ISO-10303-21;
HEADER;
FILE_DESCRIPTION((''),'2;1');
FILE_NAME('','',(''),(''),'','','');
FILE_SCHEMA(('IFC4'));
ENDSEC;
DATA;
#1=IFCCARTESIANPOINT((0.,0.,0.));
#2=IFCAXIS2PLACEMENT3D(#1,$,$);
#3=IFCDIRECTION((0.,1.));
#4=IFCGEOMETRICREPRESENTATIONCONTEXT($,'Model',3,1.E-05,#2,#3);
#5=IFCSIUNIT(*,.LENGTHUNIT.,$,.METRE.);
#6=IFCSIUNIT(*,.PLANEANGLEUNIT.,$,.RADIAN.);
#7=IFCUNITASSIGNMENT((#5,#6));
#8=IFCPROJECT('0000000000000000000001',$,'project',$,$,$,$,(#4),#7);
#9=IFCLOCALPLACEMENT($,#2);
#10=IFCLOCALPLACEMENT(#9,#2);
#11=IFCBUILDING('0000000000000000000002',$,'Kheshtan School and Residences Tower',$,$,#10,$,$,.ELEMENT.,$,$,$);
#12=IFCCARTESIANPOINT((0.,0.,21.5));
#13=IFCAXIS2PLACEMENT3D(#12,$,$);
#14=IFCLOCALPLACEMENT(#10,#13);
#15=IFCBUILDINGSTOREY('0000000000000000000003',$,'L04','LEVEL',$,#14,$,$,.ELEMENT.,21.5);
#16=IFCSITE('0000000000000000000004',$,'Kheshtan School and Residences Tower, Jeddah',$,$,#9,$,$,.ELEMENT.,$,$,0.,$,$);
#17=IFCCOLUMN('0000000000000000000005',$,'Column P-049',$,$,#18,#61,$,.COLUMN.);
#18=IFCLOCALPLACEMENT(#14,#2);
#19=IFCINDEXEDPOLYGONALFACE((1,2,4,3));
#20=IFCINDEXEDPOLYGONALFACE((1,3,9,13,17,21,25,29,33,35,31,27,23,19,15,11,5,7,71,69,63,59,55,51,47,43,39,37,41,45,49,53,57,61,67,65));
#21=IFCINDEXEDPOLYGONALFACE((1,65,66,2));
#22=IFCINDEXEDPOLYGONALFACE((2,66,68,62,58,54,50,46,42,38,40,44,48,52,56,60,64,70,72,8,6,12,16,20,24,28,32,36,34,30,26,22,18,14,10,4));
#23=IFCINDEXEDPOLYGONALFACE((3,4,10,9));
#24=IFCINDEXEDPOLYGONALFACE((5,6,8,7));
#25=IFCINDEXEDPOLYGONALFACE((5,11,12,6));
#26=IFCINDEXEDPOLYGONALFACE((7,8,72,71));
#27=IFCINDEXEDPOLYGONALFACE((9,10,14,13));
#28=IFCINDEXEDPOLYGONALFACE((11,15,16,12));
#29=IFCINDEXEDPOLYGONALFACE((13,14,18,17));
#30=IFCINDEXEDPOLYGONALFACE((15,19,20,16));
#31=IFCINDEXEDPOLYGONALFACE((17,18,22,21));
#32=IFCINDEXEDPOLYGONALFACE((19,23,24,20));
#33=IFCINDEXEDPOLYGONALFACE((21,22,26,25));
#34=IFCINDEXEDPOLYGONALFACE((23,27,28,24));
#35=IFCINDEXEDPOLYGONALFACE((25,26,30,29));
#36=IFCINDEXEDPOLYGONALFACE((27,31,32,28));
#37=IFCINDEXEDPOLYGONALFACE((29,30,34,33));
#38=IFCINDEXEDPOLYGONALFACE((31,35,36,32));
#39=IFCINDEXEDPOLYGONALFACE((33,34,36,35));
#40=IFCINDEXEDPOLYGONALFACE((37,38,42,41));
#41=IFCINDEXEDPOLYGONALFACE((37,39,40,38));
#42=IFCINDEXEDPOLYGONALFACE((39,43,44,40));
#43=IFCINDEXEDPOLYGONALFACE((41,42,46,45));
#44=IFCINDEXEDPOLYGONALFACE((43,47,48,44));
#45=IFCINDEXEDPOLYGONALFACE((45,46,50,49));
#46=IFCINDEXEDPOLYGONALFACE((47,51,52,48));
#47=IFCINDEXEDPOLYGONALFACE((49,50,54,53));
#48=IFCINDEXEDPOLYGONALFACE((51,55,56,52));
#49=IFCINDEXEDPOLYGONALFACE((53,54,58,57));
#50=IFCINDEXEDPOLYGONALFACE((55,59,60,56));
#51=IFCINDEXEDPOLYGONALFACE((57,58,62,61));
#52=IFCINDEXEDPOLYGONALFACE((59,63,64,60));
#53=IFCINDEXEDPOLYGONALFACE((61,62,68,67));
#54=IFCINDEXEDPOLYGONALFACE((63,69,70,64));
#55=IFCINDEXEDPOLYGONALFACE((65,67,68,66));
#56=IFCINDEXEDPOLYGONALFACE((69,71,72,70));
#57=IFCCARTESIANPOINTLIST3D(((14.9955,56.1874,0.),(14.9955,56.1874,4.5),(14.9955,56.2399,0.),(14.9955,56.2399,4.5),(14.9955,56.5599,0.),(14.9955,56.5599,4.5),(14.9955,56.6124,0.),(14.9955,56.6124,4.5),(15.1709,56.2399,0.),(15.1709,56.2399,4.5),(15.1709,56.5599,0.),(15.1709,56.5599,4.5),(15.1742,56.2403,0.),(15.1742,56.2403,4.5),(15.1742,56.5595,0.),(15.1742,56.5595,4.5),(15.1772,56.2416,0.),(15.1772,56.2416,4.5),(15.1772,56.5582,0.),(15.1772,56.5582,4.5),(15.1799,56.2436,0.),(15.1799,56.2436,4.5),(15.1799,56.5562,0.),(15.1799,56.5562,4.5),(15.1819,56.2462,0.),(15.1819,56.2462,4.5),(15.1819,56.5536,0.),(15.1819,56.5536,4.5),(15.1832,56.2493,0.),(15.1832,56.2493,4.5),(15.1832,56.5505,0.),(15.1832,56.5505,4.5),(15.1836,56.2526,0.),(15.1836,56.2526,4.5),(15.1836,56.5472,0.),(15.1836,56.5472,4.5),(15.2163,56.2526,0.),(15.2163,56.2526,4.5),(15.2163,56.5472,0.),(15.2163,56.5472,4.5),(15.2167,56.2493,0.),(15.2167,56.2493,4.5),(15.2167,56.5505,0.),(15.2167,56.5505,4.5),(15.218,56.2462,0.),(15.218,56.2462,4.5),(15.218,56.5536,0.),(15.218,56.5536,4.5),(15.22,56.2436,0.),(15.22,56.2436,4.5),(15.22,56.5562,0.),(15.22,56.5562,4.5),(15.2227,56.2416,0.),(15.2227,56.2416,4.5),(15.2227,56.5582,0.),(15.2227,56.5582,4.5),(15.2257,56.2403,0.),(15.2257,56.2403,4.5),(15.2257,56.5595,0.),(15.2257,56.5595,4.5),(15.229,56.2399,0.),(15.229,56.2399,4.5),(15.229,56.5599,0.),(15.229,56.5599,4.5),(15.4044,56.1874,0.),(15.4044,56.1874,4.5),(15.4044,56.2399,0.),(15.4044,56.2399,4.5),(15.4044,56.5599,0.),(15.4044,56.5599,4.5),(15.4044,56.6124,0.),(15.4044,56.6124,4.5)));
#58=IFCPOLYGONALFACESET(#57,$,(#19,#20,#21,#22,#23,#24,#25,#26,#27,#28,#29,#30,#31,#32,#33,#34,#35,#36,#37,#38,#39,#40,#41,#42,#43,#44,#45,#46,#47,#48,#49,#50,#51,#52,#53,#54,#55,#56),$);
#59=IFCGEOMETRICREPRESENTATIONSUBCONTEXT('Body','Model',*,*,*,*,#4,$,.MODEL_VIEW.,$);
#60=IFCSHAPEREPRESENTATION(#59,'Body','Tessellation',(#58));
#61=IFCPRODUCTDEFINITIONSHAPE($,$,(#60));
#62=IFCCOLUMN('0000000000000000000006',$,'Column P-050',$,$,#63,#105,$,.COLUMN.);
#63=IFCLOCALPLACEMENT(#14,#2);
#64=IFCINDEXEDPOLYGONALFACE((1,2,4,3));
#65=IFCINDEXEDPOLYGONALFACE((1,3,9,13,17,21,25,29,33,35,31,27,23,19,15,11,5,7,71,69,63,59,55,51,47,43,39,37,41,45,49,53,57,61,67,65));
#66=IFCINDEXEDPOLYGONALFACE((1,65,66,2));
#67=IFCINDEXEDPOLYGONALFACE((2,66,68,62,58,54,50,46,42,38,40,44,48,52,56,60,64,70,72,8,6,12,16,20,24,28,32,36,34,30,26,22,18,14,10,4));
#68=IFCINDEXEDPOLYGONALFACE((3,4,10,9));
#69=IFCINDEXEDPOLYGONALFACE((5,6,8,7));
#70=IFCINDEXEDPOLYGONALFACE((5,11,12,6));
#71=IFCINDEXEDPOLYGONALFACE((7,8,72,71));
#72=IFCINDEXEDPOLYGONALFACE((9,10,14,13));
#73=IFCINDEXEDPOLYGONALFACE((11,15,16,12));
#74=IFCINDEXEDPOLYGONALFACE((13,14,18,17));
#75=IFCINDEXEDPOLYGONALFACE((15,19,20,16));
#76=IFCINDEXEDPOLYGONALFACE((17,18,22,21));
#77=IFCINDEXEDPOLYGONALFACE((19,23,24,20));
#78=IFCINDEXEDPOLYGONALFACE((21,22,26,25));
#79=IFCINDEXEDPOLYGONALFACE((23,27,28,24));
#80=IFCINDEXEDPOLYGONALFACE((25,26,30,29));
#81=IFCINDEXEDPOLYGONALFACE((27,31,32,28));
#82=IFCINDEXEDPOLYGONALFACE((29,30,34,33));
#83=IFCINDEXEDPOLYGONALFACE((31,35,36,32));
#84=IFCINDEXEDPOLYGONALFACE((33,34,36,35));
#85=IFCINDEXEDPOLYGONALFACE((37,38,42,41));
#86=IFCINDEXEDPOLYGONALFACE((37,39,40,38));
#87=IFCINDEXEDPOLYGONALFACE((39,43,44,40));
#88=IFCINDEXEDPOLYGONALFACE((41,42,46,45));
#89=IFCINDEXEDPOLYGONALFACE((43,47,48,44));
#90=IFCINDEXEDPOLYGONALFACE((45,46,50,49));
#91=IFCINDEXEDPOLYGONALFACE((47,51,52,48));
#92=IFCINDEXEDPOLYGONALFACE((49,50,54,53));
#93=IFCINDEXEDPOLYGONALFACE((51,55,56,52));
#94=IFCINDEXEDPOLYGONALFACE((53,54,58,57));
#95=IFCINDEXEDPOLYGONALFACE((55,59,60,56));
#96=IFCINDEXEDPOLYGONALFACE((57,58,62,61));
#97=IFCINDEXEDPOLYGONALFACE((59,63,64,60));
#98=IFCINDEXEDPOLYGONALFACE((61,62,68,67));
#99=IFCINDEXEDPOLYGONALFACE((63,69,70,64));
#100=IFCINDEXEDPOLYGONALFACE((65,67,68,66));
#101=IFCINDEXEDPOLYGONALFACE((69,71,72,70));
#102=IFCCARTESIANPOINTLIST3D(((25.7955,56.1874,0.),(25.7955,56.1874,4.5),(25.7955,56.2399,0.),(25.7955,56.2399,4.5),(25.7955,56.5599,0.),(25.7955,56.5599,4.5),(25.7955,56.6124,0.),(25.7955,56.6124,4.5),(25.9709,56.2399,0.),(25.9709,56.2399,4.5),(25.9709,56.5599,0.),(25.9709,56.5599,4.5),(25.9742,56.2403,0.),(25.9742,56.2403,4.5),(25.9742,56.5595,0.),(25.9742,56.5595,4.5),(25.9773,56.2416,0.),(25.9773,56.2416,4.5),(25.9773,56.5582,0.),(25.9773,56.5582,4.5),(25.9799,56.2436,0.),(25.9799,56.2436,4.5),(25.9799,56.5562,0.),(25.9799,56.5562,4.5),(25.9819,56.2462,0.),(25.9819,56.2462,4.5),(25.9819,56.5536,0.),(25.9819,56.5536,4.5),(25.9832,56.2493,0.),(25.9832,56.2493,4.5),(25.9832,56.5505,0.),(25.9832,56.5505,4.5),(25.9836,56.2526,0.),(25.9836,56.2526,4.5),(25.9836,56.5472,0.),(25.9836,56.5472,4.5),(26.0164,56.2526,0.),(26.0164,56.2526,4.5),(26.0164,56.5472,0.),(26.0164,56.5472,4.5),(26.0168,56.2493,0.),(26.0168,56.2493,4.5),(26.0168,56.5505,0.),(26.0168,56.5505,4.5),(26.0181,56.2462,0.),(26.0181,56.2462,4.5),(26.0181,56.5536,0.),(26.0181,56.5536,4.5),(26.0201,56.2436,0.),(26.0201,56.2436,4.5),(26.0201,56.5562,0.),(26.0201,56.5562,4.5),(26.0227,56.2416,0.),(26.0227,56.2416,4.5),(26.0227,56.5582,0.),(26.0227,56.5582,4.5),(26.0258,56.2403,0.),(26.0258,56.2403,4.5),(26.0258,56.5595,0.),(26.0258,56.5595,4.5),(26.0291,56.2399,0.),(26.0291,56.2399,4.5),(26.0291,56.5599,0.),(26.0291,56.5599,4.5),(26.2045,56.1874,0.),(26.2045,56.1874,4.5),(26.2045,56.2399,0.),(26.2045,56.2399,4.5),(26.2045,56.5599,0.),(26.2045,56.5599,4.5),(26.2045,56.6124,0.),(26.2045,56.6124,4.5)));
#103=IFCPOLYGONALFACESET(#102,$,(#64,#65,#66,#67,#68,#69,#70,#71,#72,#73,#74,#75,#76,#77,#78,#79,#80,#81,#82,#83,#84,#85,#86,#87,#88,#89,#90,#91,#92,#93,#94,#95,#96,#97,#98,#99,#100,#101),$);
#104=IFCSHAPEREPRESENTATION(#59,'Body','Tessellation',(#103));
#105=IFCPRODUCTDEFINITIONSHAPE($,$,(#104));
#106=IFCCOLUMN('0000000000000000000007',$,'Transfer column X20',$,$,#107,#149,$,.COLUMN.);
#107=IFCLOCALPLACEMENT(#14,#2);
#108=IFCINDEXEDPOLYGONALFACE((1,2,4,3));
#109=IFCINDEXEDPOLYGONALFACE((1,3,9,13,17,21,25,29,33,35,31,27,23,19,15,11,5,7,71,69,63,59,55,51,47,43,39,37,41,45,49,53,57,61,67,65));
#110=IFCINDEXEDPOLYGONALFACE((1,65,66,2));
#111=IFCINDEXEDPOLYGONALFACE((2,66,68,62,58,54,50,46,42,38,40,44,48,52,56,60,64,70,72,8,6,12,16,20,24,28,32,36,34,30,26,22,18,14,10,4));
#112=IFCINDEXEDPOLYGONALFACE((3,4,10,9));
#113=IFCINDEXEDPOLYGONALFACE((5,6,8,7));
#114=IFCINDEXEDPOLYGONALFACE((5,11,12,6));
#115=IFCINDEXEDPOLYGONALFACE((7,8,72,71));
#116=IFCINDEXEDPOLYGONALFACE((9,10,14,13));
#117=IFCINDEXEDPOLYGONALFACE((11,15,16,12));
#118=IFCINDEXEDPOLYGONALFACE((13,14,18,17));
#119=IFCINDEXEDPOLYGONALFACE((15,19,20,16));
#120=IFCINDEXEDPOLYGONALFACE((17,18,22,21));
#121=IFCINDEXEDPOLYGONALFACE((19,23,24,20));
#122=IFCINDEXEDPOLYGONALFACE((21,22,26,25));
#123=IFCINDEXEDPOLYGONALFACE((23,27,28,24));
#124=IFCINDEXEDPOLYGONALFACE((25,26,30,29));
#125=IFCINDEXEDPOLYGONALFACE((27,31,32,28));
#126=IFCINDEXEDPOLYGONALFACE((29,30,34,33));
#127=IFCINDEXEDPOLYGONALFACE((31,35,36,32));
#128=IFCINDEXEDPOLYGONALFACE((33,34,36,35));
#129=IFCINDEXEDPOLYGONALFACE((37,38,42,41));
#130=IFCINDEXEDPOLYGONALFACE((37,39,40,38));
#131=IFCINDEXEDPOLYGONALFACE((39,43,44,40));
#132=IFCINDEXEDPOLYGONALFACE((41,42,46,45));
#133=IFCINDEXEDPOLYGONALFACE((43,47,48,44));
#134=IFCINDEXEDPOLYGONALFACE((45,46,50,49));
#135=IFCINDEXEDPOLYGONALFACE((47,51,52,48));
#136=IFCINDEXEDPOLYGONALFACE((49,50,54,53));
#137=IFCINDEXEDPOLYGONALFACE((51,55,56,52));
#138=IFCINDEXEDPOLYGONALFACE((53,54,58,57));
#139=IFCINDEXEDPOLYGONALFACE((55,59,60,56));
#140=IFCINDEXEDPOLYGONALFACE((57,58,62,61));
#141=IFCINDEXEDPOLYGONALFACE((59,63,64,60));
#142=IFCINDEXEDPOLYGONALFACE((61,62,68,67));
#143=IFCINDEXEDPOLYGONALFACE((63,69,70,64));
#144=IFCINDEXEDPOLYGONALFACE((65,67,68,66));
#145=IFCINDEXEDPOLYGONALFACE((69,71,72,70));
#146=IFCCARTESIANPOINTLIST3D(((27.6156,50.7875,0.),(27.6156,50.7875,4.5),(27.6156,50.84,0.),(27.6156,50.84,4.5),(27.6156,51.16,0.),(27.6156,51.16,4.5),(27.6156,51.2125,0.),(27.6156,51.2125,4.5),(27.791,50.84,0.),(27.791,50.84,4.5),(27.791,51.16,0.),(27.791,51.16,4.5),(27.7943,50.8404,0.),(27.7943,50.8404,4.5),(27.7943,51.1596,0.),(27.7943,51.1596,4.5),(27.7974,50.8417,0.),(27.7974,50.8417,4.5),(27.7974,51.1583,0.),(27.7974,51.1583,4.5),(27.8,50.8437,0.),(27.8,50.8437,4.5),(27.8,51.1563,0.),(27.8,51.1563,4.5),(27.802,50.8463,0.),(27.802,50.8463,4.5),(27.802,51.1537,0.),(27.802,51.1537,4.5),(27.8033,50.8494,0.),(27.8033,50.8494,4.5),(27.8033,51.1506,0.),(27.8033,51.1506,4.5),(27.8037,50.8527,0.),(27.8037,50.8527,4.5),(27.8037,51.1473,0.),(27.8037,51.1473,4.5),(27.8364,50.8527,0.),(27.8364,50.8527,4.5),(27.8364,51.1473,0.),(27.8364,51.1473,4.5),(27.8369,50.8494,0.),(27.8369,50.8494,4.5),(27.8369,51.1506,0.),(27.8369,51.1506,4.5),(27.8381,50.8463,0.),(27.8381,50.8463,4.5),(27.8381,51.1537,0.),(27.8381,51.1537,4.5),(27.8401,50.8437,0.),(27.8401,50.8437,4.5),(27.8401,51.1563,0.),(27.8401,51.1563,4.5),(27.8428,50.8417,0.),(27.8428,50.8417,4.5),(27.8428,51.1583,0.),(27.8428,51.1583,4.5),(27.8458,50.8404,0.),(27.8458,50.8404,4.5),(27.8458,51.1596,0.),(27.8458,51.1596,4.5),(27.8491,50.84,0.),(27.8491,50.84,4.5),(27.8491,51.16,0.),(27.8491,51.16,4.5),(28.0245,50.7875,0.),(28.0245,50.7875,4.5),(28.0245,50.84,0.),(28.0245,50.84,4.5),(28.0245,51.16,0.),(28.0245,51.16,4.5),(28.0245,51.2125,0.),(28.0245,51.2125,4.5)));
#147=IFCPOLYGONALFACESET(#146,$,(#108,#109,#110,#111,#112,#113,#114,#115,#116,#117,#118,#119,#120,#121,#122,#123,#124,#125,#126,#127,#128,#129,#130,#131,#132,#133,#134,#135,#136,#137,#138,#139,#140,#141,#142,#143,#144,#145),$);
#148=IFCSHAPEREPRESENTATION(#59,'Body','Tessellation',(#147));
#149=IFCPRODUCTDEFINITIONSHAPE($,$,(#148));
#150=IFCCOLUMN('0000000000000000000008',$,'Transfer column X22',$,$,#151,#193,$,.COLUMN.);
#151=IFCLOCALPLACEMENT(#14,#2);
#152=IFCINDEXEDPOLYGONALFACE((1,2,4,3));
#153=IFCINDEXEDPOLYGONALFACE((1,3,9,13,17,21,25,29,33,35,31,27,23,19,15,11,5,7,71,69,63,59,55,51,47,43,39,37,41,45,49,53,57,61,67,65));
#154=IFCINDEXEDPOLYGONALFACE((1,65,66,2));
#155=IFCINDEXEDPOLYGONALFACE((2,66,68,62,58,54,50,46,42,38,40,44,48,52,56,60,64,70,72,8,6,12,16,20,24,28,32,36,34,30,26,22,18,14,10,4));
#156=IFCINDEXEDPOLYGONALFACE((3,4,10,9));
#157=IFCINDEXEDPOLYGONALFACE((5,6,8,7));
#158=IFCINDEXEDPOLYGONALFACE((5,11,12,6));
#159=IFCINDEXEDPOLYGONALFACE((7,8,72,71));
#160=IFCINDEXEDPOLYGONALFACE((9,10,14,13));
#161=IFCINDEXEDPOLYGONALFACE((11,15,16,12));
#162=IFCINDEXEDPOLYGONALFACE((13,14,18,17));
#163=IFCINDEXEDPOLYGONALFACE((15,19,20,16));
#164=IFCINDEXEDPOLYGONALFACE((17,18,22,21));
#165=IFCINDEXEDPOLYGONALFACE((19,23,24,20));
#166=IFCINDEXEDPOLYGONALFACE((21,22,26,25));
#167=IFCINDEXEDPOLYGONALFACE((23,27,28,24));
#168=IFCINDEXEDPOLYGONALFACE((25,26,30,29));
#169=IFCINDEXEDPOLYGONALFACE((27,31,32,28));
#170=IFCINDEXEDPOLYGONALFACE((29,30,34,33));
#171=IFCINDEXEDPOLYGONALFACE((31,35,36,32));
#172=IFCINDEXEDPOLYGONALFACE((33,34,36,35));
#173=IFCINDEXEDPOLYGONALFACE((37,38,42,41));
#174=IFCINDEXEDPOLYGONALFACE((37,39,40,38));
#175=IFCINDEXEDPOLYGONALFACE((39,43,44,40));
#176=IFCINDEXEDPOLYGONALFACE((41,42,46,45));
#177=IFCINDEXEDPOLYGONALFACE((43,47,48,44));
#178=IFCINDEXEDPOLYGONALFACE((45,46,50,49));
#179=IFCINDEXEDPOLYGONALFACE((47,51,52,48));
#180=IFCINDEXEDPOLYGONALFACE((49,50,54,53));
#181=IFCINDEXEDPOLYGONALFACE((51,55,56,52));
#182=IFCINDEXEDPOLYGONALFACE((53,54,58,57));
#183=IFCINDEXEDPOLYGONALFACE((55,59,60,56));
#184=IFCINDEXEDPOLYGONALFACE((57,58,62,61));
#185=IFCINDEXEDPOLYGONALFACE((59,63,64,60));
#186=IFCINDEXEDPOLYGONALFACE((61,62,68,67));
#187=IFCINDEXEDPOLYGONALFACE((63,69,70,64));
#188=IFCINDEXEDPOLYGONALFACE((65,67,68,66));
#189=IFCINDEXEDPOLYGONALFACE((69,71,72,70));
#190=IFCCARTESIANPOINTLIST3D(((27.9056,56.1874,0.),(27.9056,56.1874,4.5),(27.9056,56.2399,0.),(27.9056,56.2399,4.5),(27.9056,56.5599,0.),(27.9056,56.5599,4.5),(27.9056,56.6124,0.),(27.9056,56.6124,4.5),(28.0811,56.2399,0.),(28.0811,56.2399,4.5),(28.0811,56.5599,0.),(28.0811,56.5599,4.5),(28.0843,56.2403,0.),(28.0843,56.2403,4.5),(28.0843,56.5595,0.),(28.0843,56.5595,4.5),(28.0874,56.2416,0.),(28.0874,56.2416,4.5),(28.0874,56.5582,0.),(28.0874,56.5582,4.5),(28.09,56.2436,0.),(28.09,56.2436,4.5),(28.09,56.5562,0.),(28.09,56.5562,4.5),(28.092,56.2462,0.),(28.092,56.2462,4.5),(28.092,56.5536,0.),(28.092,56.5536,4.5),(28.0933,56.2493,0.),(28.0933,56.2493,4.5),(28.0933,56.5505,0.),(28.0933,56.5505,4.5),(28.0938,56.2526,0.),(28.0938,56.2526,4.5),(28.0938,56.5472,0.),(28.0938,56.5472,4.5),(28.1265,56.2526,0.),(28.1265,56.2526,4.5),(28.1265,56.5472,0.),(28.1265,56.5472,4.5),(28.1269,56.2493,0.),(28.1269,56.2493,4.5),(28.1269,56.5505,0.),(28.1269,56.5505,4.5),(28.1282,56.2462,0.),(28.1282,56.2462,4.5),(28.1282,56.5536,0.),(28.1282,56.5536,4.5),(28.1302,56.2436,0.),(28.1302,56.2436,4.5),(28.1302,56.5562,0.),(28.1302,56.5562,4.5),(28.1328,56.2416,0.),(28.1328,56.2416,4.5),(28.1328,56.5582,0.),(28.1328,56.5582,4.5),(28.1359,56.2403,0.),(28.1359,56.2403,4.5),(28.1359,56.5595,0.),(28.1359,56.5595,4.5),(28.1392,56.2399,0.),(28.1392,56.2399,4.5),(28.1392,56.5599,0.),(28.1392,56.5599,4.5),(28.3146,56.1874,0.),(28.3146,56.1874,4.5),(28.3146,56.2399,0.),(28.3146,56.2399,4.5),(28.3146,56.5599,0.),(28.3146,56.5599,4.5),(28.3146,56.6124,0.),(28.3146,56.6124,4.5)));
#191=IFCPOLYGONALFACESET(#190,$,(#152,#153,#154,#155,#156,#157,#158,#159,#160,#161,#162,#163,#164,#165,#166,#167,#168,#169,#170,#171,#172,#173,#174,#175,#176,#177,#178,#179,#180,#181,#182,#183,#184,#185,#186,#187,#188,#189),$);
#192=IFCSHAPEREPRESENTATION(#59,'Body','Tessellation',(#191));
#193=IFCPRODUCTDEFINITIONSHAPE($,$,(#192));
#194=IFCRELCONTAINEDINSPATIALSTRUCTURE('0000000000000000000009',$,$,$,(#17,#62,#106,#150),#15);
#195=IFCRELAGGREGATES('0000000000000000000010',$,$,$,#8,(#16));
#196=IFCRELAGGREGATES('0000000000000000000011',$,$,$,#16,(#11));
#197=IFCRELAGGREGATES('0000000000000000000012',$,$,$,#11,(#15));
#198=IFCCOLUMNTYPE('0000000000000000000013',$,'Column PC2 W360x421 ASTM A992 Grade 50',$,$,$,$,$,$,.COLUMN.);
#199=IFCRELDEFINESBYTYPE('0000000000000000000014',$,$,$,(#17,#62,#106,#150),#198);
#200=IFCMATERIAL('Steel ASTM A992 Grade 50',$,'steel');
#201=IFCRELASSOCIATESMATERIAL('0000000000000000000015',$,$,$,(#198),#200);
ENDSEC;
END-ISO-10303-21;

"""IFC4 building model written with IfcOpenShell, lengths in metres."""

from ifc_helpers import new_model, si_unit, direction, frame, origin, origin_2d, place, context, subcontext, project, spatial, i_section, extrude, material, material_profile, profile_set, type_object, element, save


model = new_model("IFC4")

# Units and contexts
model_context = context("Model", 3, precision=1e-05, world=origin(), true_north=direction((0.0, 1.0)))
body_context = subcontext(model_context, "Body", "Model", "MODEL_VIEW")
ifc_project = project(units=[si_unit("LENGTHUNIT", "METRE"), si_unit("PLANEANGLEUNIT", "RADIAN")], contexts=[model_context])

# Site, building, storey
site_placement = place(None, origin())
site = spatial("IfcSite", under=ifc_project, at=site_placement, Name="Kheshtan School and Residences Tower, Jeddah", CompositionType="ELEMENT", RefElevation=0.0)
building_placement = place(site_placement, origin())
building = spatial("IfcBuilding", under=site, at=building_placement, Name="Kheshtan School and Residences Tower", CompositionType="ELEMENT")
storey_placement = place(building_placement, frame((0.0, 0.0, 21.5)))
storey = spatial("IfcBuildingStorey", under=building, at=storey_placement, Name="L04", Description="LEVEL", CompositionType="ELEMENT", Elevation=21.5)

# Columns
ifc_material_1 = material(Name="Steel ASTM A992 Grade 50", Category="steel")
ifc_material_profile_1 = material_profile(ifc_material_1, i_section(OverallWidth=0.4089, OverallDepth=0.425, WebThickness=0.0327, FlangeThickness=0.0525, FilletRadius=0.0127, at=origin_2d()), Name="W360x421")
ifc_profile_set_1 = profile_set([ifc_material_profile_1], Name="Steel ASTM A992 Grade 50")
column_type = type_object("IfcColumnType", Name="Column PC2 W360x421 ASTM A992 Grade 50", PredefinedType="COLUMN", material=ifc_profile_set_1)
for number, where, z_axis, x_axis, name in (
    (1, (15.2, 56.3999, 0.0), (0.0, 0.0, 1.0), (1.0, 0.0, 0.0), "Column P-049"),
    (2, (26.0, 56.3999, 0.0), (0.0, 0.0, 1.0), (1.0, 0.0, 0.0), "Column P-050"),
    (3, (27.8201, 51.0, 0.0), (0.0, 0.0, 1.0), (1.0, 0.0, 0.0), "Transfer column X20"),
    (4, (28.1101, 56.3999, 0.0), (0.0, 0.0, 1.0), (1.0, 0.0, 0.0), "Transfer column X22"),
):
    element("IfcColumn", number, at=place(storey_placement, frame(where, z_axis=z_axis, x_axis=x_axis)), inside=storey, type_object=column_type, Name=name, PredefinedType="COLUMN", context=body_context, shape_type="SweptSolid", body=[
        extrude(i_section(OverallWidth=0.4089, OverallDepth=0.425, WebThickness=0.0327, FlangeThickness=0.0525, FilletRadius=0.0127, at=origin_2d()), origin(), (0.0, 0.0, 1.0), 4.5),
    ])

save(model, "model.ifc")
